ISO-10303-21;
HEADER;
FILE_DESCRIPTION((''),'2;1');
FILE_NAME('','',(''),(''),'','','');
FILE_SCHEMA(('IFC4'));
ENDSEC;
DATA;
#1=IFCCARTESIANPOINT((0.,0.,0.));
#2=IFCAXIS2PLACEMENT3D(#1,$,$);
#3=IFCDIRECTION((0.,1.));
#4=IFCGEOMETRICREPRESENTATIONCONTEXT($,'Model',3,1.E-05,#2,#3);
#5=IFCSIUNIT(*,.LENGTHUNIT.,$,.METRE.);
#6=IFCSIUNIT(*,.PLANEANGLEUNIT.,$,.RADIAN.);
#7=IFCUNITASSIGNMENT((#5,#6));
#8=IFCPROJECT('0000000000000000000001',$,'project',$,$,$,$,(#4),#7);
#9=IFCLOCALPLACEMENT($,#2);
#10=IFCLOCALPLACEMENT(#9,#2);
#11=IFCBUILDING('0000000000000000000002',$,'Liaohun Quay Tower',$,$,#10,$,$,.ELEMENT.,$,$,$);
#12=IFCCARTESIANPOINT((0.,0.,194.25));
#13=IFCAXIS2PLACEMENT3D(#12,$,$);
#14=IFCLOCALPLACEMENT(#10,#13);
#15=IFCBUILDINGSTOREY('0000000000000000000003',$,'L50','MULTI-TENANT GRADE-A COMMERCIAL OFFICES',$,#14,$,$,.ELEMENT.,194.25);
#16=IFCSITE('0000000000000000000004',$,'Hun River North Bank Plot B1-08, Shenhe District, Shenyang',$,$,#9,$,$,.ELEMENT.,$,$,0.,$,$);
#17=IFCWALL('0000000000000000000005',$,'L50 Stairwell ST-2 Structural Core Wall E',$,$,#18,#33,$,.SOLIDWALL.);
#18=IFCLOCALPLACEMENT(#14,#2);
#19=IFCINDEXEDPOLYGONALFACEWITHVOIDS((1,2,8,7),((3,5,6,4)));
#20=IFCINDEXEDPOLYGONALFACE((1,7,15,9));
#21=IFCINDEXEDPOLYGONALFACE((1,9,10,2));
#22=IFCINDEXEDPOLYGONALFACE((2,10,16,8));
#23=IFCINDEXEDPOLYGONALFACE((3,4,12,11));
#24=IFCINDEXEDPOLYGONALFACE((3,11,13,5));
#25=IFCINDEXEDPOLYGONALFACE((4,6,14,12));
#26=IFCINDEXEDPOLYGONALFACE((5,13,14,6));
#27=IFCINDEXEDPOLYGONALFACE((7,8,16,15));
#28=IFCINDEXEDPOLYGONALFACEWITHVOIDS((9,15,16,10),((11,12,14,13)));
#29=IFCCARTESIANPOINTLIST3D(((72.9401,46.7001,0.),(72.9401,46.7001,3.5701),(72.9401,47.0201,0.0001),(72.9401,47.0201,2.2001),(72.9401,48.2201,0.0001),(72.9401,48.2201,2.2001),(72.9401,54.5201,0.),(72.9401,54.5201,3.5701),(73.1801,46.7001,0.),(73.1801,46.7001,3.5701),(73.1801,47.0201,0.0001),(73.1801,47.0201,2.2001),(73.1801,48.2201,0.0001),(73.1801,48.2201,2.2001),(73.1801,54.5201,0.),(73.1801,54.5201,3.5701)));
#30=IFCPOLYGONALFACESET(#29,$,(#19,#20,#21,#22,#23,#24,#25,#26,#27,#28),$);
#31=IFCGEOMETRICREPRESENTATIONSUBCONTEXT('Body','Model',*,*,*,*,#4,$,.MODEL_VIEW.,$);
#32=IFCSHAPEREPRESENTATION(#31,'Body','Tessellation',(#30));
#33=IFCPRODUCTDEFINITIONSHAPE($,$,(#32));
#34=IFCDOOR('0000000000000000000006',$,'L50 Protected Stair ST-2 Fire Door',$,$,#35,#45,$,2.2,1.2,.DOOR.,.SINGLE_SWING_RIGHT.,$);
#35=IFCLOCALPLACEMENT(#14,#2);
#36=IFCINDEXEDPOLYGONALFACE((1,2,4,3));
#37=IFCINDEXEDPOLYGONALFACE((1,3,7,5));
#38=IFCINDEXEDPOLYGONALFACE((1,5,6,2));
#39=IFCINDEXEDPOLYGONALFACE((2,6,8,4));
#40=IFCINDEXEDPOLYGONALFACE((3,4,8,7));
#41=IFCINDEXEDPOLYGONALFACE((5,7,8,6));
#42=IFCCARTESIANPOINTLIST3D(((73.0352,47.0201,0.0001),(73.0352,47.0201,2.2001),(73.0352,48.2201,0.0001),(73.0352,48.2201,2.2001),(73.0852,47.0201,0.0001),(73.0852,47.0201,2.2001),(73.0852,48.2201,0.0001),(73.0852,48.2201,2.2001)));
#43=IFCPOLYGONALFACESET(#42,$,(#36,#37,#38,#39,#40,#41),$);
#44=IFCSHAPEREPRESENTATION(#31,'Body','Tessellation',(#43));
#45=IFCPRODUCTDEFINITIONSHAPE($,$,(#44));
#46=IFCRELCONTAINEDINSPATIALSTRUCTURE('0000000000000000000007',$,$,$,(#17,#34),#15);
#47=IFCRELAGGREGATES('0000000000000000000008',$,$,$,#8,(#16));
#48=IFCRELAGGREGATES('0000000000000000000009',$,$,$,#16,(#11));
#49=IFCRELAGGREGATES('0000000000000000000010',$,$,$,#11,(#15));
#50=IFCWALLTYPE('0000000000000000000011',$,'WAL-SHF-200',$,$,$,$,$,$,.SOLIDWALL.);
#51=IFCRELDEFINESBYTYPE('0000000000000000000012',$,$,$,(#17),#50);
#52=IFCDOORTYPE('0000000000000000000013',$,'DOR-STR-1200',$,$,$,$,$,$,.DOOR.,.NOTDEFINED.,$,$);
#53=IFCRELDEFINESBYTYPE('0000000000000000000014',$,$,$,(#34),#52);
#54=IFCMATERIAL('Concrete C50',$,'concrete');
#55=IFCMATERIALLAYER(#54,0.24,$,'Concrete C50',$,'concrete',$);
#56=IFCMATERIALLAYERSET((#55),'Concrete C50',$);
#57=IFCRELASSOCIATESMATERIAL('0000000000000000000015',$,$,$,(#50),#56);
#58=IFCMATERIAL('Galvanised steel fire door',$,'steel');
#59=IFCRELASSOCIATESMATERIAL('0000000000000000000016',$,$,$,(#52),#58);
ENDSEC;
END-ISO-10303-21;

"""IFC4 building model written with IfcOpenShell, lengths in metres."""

from ifc_helpers import new_model, si_unit, direction, frame, frame_2d, origin, place, context, subcontext, project, spatial, rectangle, extrude, source, transform, mapped, material, layer, layer_set, type_object, element, fill, save


model = new_model("IFC4")

# Units and contexts
model_context = context("Model", 3, precision=1e-05, world=origin(), true_north=direction((0.0, 1.0)))
body_context = subcontext(model_context, "Body", "Model", "MODEL_VIEW")
ifc_project = project(units=[si_unit("LENGTHUNIT", "METRE"), si_unit("PLANEANGLEUNIT", "RADIAN")], contexts=[model_context])

# Site, building, storey
site_placement = place(None, origin())
site = spatial("IfcSite", under=ifc_project, at=site_placement, Name="Hun River North Bank Plot B1-08, Shenhe District, Shenyang", CompositionType="ELEMENT", RefElevation=0.0)
building_placement = place(site_placement, origin())
building = spatial("IfcBuilding", under=site, at=building_placement, Name="Liaohun Quay Tower", CompositionType="ELEMENT")
storey_placement = place(building_placement, frame((0.0, 0.0, 194.25)))
storey = spatial("IfcBuildingStorey", under=building, at=storey_placement, Name="L50", Description="MULTI-TENANT GRADE-A COMMERCIAL OFFICES", CompositionType="ELEMENT", Elevation=194.25)

# Shared definitions
ifc_material_1 = material(Name="Concrete C50", Category="concrete")
ifc_layer_1 = layer(ifc_material_1, 0.24, Name="Concrete C50", Category="concrete")
ifc_layer_set_1 = layer_set([ifc_layer_1], Name="Concrete C50")
wall_type_1 = type_object("IfcWallType", Name="WAL-SHF-200", PredefinedType="SOLIDWALL", material=ifc_layer_set_1)

# Wall, opening, door
wall_1_placement = place(storey_placement, frame((73.0601, 46.7, 0.0), z_axis=(0.0, 0.0, 1.0), x_axis=(0.0, 1.0, 0.0)))
wall_1 = element("IfcWall", 1, at=wall_1_placement, inside=storey, type_object=wall_type_1, Name="L50 Stairwell ST-2 Structural Core Wall E", PredefinedType="SOLIDWALL", context=body_context, shape_type="SweptSolid", body=[
    extrude(rectangle(XDim=7.8201, YDim=0.24, at=frame_2d((3.9102, 0.0))), origin(), (0.0, 0.0, 1.0), 3.5701),
])
shared_shape_1 = source(origin(), body_context, "Body", "SweptSolid", [
    extrude(rectangle(XDim=1.2, YDim=2.2, at=frame_2d((0.6001, 1.1001))), frame((0.0, 0.1299, 0.0), z_axis=(0.0, -1.0, 0.0), x_axis=(1.0, 0.0, 0.0)), (0.0, 0.0, 1.0), 0.26),
])
opening_1_placement = place(wall_1_placement, frame((0.3201, 0.0, 0.0)))
opening_1 = element("IfcOpeningElement", 2, at=opening_1_placement, cuts=wall_1, PredefinedType="OPENING", context=body_context, shape_type="MappedRepresentation", body=[
    mapped(shared_shape_1, transform((0.0, 0.0, 0.0), x_axis=(1.0, 0.0, 0.0), y_axis=(0.0, 1.0, 0.0), z_axis=(0.0, 0.0, 1.0), scale=1.0)),
])
ifc_material_2 = material(Name="Galvanised steel fire door", Category="steel")
door_type_1 = type_object("IfcDoorType", Name="DOR-STR-1200", OperationType="NOTDEFINED", PredefinedType="DOOR", material=ifc_material_2)
shared_shape_2 = source(origin(), body_context, "Body", "SweptSolid", [
    extrude(rectangle(XDim=1.2, YDim=2.2, at=frame_2d((0.6001, 1.1001))), frame((0.0, 0.0249, 0.0), z_axis=(0.0, -1.0, 0.0), x_axis=(1.0, 0.0, 0.0)), (0.0, 0.0, 1.0), 0.05),
])
door_1_placement = place(opening_1_placement, origin())
door_1 = element("IfcDoor", 3, at=door_1_placement, inside=storey, type_object=door_type_1, Name="L50 Protected Stair ST-2 Fire Door", OperationType="SINGLE_SWING_RIGHT", OverallHeight=2.2, OverallWidth=1.2, PredefinedType="DOOR", context=body_context, shape_type="MappedRepresentation", body=[
    mapped(shared_shape_2, transform((0.0, 0.0, 0.0), x_axis=(1.0, 0.0, 0.0), y_axis=(0.0, 1.0, 0.0), z_axis=(0.0, 0.0, 1.0), scale=1.0)),
])
fill(opening_1, door_1)

save(model, "model.ifc")
